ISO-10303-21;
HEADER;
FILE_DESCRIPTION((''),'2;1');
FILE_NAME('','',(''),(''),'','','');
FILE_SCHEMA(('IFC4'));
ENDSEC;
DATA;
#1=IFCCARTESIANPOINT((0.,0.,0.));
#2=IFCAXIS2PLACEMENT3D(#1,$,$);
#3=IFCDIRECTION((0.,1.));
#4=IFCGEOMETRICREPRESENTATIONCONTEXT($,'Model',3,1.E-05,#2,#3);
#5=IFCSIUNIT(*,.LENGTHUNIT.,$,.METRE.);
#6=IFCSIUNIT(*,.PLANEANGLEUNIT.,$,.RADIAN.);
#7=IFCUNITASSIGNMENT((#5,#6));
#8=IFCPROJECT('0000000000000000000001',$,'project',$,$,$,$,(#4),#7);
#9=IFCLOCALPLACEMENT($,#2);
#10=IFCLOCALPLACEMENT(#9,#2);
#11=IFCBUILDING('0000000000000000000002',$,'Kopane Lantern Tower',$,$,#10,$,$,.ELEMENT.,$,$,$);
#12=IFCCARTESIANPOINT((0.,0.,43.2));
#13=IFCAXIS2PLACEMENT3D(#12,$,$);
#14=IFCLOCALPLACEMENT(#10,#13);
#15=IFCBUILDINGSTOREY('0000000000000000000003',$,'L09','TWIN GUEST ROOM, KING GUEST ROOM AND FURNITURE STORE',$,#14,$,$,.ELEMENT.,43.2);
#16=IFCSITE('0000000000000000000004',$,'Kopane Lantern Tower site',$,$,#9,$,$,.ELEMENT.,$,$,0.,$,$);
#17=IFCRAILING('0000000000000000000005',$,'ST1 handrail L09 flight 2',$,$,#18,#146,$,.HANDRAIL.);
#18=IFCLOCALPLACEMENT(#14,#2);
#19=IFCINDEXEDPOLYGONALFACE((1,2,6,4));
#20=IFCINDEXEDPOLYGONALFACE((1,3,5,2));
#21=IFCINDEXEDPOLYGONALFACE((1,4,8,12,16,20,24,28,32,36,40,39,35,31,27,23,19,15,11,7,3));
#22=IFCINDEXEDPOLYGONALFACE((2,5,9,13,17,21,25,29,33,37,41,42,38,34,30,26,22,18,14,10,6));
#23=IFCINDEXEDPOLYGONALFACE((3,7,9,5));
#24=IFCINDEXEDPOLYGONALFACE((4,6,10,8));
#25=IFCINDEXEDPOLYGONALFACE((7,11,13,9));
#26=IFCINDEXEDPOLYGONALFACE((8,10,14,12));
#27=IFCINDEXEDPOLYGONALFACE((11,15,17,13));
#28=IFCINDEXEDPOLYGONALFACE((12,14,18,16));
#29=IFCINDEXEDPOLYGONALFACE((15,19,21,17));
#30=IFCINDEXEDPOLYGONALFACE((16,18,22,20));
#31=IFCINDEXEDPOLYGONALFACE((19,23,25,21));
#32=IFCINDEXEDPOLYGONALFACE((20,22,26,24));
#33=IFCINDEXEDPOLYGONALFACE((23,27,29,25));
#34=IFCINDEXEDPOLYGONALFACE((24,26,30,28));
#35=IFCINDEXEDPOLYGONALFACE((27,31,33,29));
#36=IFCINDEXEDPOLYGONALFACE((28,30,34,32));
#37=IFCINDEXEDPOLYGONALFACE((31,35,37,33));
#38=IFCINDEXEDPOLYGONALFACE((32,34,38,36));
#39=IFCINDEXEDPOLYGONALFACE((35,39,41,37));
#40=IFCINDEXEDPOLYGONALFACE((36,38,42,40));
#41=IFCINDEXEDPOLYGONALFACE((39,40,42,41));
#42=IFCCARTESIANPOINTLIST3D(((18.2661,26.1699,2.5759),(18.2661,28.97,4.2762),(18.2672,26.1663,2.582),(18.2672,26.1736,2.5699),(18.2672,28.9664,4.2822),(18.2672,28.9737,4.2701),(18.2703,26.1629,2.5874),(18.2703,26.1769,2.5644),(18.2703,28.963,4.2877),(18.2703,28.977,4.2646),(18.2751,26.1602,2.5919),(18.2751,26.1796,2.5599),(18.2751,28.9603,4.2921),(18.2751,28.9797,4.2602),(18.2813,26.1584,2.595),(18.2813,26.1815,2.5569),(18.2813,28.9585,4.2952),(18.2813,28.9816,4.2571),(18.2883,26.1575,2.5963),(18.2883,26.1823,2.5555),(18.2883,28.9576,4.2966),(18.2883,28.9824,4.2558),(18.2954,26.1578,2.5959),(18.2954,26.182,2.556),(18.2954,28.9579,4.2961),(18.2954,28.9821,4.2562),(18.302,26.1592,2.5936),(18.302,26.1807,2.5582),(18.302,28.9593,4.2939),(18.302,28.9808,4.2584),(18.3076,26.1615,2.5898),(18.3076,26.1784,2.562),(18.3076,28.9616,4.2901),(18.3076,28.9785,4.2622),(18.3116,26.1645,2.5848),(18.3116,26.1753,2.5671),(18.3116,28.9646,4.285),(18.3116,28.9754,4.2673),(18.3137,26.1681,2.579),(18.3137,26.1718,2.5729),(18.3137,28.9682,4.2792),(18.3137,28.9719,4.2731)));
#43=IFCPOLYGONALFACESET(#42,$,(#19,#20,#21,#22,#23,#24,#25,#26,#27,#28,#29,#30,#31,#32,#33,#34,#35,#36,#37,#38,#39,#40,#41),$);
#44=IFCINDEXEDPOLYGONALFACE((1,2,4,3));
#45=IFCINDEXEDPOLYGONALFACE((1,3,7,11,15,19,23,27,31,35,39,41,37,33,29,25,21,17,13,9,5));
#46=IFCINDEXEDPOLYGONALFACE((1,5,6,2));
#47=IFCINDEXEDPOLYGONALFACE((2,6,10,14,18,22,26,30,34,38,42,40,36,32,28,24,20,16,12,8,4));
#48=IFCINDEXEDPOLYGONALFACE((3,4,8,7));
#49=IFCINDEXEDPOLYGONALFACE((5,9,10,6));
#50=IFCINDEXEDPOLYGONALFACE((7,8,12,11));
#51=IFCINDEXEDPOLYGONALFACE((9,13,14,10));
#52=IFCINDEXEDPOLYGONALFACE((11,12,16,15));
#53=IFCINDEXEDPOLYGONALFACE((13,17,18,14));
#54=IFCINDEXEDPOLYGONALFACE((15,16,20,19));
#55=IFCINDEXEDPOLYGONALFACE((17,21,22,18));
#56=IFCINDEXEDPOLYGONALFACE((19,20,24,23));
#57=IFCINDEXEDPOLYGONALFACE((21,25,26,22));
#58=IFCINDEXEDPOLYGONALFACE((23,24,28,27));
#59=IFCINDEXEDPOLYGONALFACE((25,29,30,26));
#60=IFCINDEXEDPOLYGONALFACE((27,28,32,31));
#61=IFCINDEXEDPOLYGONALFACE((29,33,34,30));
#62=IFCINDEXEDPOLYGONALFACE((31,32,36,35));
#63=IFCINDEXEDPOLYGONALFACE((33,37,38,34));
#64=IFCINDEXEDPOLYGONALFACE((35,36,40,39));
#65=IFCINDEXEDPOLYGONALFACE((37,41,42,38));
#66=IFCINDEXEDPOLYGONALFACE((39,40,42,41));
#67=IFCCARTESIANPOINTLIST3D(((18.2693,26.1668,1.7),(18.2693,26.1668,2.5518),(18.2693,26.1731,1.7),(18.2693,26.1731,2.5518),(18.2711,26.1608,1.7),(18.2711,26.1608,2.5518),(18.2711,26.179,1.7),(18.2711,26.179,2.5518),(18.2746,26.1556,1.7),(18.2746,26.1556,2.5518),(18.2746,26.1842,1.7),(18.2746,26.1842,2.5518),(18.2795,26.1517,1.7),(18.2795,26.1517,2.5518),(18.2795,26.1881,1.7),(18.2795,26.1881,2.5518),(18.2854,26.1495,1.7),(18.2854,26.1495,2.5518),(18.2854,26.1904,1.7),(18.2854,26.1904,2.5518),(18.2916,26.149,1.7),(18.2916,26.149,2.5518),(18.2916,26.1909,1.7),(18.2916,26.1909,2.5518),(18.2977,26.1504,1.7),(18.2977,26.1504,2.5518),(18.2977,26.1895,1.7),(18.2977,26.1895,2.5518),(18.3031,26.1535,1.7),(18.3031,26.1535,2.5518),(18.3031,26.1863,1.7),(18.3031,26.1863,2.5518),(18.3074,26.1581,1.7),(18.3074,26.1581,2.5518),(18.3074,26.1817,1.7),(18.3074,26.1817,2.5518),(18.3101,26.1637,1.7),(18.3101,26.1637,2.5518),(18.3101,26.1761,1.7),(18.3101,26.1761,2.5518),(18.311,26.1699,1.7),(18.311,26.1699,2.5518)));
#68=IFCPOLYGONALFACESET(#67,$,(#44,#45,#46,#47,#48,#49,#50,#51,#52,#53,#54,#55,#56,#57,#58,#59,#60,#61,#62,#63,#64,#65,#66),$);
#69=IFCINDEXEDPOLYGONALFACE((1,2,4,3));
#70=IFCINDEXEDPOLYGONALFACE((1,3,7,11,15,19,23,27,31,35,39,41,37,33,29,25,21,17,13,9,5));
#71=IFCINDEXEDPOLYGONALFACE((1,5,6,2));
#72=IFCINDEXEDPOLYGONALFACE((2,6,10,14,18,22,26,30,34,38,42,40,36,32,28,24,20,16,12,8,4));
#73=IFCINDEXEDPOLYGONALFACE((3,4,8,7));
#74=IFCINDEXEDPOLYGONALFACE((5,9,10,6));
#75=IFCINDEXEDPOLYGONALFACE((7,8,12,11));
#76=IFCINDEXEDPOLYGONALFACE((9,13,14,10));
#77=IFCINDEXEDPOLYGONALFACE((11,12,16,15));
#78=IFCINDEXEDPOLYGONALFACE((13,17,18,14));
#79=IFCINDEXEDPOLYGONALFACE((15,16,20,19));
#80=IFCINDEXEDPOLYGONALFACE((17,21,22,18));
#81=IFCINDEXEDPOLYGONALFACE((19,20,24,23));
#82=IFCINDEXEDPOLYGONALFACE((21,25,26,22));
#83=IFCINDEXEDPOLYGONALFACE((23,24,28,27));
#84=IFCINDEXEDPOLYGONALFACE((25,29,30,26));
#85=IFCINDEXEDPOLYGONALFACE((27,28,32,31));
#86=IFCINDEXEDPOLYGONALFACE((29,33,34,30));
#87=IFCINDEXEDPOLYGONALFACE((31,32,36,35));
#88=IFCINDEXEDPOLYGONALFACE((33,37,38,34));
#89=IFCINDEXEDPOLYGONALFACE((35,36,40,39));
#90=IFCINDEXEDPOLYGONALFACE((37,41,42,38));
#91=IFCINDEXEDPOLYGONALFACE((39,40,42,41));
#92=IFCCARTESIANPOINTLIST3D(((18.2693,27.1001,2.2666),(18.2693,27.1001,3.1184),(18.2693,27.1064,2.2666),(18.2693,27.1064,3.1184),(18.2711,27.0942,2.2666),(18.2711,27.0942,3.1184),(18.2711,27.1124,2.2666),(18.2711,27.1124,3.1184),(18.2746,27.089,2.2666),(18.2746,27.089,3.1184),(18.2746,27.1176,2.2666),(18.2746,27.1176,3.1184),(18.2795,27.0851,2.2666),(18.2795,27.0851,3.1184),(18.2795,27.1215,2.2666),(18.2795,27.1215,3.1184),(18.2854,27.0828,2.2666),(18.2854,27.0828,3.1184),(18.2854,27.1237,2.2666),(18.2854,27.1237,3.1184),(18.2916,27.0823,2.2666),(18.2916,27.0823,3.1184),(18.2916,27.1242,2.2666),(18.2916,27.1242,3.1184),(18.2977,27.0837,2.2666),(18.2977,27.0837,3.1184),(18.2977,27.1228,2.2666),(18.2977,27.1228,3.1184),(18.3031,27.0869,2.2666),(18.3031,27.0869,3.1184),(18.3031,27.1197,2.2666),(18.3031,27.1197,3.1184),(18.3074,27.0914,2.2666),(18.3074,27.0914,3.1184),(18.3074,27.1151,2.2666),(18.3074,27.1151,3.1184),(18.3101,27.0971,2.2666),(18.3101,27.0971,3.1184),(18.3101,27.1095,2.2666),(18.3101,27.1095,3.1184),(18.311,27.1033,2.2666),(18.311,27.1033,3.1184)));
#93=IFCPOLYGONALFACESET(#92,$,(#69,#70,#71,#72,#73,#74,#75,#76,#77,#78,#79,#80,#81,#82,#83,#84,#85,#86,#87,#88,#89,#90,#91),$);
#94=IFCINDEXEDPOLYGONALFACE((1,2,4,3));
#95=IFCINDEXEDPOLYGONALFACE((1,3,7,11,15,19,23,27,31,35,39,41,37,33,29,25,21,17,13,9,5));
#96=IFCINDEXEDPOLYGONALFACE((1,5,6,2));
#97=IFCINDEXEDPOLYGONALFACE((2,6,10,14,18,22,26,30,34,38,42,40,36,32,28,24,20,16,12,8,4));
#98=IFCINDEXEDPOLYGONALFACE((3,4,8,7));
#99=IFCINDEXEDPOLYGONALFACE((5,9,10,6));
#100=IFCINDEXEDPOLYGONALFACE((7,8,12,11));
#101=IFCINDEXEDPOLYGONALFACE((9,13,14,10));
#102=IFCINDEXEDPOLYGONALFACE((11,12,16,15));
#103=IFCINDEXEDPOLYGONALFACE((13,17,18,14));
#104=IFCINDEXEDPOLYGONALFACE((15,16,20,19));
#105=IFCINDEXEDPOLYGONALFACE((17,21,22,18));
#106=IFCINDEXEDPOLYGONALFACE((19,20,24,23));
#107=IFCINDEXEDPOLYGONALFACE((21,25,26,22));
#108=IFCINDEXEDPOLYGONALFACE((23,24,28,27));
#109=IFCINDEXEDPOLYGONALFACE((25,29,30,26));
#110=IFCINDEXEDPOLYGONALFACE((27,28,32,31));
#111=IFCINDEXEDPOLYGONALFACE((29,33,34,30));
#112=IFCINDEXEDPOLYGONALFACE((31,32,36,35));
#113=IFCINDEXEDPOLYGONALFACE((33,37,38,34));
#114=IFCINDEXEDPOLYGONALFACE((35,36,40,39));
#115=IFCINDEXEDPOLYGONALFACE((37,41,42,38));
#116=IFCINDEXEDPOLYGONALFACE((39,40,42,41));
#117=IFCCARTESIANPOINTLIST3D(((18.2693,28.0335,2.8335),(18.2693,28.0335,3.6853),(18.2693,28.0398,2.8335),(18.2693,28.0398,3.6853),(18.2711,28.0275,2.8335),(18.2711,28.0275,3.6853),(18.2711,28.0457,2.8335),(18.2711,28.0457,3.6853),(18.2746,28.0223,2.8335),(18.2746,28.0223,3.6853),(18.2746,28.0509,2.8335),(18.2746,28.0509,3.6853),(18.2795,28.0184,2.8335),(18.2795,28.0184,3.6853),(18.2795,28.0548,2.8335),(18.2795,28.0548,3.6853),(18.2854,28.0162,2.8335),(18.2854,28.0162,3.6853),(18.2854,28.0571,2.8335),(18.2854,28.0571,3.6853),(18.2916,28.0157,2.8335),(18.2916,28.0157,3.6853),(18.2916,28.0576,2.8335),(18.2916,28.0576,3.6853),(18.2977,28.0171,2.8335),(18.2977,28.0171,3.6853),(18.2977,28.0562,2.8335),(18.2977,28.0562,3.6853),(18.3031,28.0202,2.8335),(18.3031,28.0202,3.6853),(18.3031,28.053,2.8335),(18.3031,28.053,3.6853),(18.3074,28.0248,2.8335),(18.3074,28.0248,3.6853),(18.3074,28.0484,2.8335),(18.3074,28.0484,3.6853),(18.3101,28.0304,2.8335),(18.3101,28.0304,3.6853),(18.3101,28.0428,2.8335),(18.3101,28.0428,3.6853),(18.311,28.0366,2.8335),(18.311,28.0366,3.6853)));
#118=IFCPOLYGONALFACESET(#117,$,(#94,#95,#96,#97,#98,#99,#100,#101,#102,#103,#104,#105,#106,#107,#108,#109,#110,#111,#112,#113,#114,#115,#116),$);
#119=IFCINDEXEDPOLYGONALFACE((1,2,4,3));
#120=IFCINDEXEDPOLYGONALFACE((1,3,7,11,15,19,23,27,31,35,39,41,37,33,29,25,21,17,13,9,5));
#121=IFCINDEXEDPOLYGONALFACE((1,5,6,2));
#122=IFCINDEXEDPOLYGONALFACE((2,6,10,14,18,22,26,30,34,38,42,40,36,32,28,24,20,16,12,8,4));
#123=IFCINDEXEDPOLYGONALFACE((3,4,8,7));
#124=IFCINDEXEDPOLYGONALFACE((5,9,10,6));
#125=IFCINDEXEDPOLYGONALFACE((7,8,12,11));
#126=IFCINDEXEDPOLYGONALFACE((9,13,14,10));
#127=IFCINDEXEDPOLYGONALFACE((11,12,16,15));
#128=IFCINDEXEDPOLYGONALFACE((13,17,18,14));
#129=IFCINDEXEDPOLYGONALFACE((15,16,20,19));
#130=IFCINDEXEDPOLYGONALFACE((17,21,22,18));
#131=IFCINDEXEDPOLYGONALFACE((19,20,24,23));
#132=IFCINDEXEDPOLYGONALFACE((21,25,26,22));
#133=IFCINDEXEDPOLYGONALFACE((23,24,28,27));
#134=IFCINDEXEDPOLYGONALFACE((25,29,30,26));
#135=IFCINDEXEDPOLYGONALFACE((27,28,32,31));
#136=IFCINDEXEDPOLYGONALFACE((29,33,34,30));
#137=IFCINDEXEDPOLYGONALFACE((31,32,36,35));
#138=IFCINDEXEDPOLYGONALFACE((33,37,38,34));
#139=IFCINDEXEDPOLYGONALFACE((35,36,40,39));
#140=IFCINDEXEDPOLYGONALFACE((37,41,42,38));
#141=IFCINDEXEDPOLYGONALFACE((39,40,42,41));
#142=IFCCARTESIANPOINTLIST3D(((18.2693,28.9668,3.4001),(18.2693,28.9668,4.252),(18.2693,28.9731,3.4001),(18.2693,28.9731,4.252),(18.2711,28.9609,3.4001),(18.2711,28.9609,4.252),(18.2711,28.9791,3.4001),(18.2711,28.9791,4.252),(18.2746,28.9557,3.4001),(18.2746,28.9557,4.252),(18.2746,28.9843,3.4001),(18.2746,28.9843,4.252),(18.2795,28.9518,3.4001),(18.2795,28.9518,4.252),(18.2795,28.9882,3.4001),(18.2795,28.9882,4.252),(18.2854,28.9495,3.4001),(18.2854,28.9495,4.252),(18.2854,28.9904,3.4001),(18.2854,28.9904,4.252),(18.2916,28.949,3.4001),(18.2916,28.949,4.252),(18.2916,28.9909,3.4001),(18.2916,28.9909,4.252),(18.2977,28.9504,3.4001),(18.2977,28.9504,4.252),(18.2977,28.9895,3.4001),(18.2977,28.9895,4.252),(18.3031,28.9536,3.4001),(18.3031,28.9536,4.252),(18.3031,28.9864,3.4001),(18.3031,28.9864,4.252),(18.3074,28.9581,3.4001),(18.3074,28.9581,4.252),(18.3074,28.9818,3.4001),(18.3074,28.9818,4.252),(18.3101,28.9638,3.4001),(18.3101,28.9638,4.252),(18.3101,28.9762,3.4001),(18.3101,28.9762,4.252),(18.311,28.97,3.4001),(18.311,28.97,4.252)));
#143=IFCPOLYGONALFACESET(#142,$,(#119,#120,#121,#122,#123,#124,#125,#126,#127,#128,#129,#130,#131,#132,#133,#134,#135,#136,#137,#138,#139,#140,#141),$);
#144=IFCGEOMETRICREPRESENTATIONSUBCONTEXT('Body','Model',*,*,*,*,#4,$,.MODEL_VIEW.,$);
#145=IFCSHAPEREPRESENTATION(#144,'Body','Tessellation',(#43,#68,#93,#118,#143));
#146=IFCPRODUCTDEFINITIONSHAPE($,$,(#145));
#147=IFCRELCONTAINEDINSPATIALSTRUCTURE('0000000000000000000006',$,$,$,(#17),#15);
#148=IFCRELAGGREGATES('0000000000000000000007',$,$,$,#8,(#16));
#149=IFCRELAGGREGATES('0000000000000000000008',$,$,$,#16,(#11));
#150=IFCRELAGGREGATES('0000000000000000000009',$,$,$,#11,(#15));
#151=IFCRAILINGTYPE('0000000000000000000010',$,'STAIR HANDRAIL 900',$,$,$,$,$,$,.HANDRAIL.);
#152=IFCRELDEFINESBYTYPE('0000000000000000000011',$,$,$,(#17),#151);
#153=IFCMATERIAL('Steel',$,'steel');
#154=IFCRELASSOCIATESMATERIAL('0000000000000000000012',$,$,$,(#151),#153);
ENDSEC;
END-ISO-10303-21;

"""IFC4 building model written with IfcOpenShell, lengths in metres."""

from ifc_helpers import new_model, si_unit, direction, frame, origin, origin_2d, place, context, subcontext, project, spatial, circle, extrude, material, type_object, element, save


model = new_model("IFC4")

# Units and contexts
model_context = context("Model", 3, precision=1e-05, world=origin(), true_north=direction((0.0, 1.0)))
body_context = subcontext(model_context, "Body", "Model", "MODEL_VIEW")
ifc_project = project(units=[si_unit("LENGTHUNIT", "METRE"), si_unit("PLANEANGLEUNIT", "RADIAN")], contexts=[model_context])

# Site, building, storey
site_placement = place(None, origin())
site = spatial("IfcSite", under=ifc_project, at=site_placement, Name="Kopane Lantern Tower site", CompositionType="ELEMENT", RefElevation=0.0)
building_placement = place(site_placement, origin())
building = spatial("IfcBuilding", under=site, at=building_placement, Name="Kopane Lantern Tower", CompositionType="ELEMENT")
storey_placement = place(building_placement, frame((0.0, 0.0, 43.2)))
storey = spatial("IfcBuildingStorey", under=building, at=storey_placement, Name="L09", Description="TWIN GUEST ROOM, KING GUEST ROOM AND FURNITURE STORE", CompositionType="ELEMENT", Elevation=43.2)

# Railing
ifc_material_1 = material(Name="Steel", Category="steel")
railing_type_1 = type_object("IfcRailingType", Name="STAIR HANDRAIL 900", PredefinedType="HANDRAIL", material=ifc_material_1)
for number, where, name in (
    (1, (18.29, 26.1699, 1.7), "ST1 handrail L09 flight 2"),
):
    element("IfcRailing", number, at=place(storey_placement, frame(where)), inside=storey, type_object=railing_type_1, Name=name, PredefinedType="HANDRAIL", context=body_context, shape_type="SweptSolid", body=[
        extrude(circle(Radius=0.0239, at=origin_2d()), frame((0.0, 0.0, 0.876), z_axis=(0.0, 0.854765, 0.519015), x_axis=(-1.0, 0.0, 0.0)), (0.0, 0.0, 1.0), 3.2759),
        extrude(circle(Radius=0.021, at=origin_2d()), origin(), (0.0, 0.0, 1.0), 0.8518),
        extrude(circle(Radius=0.021, at=origin_2d()), frame((0.0, 0.9333, 0.5667)), (0.0, 0.0, 1.0), 0.8518),
        extrude(circle(Radius=0.021, at=origin_2d()), frame((0.0, 1.8667, 1.1335)), (0.0, 0.0, 1.0), 0.8518),
        extrude(circle(Radius=0.021, at=origin_2d()), frame((0.0, 2.8, 1.7002)), (0.0, 0.0, 1.0), 0.8518),
    ])

save(model, "model.ifc")
